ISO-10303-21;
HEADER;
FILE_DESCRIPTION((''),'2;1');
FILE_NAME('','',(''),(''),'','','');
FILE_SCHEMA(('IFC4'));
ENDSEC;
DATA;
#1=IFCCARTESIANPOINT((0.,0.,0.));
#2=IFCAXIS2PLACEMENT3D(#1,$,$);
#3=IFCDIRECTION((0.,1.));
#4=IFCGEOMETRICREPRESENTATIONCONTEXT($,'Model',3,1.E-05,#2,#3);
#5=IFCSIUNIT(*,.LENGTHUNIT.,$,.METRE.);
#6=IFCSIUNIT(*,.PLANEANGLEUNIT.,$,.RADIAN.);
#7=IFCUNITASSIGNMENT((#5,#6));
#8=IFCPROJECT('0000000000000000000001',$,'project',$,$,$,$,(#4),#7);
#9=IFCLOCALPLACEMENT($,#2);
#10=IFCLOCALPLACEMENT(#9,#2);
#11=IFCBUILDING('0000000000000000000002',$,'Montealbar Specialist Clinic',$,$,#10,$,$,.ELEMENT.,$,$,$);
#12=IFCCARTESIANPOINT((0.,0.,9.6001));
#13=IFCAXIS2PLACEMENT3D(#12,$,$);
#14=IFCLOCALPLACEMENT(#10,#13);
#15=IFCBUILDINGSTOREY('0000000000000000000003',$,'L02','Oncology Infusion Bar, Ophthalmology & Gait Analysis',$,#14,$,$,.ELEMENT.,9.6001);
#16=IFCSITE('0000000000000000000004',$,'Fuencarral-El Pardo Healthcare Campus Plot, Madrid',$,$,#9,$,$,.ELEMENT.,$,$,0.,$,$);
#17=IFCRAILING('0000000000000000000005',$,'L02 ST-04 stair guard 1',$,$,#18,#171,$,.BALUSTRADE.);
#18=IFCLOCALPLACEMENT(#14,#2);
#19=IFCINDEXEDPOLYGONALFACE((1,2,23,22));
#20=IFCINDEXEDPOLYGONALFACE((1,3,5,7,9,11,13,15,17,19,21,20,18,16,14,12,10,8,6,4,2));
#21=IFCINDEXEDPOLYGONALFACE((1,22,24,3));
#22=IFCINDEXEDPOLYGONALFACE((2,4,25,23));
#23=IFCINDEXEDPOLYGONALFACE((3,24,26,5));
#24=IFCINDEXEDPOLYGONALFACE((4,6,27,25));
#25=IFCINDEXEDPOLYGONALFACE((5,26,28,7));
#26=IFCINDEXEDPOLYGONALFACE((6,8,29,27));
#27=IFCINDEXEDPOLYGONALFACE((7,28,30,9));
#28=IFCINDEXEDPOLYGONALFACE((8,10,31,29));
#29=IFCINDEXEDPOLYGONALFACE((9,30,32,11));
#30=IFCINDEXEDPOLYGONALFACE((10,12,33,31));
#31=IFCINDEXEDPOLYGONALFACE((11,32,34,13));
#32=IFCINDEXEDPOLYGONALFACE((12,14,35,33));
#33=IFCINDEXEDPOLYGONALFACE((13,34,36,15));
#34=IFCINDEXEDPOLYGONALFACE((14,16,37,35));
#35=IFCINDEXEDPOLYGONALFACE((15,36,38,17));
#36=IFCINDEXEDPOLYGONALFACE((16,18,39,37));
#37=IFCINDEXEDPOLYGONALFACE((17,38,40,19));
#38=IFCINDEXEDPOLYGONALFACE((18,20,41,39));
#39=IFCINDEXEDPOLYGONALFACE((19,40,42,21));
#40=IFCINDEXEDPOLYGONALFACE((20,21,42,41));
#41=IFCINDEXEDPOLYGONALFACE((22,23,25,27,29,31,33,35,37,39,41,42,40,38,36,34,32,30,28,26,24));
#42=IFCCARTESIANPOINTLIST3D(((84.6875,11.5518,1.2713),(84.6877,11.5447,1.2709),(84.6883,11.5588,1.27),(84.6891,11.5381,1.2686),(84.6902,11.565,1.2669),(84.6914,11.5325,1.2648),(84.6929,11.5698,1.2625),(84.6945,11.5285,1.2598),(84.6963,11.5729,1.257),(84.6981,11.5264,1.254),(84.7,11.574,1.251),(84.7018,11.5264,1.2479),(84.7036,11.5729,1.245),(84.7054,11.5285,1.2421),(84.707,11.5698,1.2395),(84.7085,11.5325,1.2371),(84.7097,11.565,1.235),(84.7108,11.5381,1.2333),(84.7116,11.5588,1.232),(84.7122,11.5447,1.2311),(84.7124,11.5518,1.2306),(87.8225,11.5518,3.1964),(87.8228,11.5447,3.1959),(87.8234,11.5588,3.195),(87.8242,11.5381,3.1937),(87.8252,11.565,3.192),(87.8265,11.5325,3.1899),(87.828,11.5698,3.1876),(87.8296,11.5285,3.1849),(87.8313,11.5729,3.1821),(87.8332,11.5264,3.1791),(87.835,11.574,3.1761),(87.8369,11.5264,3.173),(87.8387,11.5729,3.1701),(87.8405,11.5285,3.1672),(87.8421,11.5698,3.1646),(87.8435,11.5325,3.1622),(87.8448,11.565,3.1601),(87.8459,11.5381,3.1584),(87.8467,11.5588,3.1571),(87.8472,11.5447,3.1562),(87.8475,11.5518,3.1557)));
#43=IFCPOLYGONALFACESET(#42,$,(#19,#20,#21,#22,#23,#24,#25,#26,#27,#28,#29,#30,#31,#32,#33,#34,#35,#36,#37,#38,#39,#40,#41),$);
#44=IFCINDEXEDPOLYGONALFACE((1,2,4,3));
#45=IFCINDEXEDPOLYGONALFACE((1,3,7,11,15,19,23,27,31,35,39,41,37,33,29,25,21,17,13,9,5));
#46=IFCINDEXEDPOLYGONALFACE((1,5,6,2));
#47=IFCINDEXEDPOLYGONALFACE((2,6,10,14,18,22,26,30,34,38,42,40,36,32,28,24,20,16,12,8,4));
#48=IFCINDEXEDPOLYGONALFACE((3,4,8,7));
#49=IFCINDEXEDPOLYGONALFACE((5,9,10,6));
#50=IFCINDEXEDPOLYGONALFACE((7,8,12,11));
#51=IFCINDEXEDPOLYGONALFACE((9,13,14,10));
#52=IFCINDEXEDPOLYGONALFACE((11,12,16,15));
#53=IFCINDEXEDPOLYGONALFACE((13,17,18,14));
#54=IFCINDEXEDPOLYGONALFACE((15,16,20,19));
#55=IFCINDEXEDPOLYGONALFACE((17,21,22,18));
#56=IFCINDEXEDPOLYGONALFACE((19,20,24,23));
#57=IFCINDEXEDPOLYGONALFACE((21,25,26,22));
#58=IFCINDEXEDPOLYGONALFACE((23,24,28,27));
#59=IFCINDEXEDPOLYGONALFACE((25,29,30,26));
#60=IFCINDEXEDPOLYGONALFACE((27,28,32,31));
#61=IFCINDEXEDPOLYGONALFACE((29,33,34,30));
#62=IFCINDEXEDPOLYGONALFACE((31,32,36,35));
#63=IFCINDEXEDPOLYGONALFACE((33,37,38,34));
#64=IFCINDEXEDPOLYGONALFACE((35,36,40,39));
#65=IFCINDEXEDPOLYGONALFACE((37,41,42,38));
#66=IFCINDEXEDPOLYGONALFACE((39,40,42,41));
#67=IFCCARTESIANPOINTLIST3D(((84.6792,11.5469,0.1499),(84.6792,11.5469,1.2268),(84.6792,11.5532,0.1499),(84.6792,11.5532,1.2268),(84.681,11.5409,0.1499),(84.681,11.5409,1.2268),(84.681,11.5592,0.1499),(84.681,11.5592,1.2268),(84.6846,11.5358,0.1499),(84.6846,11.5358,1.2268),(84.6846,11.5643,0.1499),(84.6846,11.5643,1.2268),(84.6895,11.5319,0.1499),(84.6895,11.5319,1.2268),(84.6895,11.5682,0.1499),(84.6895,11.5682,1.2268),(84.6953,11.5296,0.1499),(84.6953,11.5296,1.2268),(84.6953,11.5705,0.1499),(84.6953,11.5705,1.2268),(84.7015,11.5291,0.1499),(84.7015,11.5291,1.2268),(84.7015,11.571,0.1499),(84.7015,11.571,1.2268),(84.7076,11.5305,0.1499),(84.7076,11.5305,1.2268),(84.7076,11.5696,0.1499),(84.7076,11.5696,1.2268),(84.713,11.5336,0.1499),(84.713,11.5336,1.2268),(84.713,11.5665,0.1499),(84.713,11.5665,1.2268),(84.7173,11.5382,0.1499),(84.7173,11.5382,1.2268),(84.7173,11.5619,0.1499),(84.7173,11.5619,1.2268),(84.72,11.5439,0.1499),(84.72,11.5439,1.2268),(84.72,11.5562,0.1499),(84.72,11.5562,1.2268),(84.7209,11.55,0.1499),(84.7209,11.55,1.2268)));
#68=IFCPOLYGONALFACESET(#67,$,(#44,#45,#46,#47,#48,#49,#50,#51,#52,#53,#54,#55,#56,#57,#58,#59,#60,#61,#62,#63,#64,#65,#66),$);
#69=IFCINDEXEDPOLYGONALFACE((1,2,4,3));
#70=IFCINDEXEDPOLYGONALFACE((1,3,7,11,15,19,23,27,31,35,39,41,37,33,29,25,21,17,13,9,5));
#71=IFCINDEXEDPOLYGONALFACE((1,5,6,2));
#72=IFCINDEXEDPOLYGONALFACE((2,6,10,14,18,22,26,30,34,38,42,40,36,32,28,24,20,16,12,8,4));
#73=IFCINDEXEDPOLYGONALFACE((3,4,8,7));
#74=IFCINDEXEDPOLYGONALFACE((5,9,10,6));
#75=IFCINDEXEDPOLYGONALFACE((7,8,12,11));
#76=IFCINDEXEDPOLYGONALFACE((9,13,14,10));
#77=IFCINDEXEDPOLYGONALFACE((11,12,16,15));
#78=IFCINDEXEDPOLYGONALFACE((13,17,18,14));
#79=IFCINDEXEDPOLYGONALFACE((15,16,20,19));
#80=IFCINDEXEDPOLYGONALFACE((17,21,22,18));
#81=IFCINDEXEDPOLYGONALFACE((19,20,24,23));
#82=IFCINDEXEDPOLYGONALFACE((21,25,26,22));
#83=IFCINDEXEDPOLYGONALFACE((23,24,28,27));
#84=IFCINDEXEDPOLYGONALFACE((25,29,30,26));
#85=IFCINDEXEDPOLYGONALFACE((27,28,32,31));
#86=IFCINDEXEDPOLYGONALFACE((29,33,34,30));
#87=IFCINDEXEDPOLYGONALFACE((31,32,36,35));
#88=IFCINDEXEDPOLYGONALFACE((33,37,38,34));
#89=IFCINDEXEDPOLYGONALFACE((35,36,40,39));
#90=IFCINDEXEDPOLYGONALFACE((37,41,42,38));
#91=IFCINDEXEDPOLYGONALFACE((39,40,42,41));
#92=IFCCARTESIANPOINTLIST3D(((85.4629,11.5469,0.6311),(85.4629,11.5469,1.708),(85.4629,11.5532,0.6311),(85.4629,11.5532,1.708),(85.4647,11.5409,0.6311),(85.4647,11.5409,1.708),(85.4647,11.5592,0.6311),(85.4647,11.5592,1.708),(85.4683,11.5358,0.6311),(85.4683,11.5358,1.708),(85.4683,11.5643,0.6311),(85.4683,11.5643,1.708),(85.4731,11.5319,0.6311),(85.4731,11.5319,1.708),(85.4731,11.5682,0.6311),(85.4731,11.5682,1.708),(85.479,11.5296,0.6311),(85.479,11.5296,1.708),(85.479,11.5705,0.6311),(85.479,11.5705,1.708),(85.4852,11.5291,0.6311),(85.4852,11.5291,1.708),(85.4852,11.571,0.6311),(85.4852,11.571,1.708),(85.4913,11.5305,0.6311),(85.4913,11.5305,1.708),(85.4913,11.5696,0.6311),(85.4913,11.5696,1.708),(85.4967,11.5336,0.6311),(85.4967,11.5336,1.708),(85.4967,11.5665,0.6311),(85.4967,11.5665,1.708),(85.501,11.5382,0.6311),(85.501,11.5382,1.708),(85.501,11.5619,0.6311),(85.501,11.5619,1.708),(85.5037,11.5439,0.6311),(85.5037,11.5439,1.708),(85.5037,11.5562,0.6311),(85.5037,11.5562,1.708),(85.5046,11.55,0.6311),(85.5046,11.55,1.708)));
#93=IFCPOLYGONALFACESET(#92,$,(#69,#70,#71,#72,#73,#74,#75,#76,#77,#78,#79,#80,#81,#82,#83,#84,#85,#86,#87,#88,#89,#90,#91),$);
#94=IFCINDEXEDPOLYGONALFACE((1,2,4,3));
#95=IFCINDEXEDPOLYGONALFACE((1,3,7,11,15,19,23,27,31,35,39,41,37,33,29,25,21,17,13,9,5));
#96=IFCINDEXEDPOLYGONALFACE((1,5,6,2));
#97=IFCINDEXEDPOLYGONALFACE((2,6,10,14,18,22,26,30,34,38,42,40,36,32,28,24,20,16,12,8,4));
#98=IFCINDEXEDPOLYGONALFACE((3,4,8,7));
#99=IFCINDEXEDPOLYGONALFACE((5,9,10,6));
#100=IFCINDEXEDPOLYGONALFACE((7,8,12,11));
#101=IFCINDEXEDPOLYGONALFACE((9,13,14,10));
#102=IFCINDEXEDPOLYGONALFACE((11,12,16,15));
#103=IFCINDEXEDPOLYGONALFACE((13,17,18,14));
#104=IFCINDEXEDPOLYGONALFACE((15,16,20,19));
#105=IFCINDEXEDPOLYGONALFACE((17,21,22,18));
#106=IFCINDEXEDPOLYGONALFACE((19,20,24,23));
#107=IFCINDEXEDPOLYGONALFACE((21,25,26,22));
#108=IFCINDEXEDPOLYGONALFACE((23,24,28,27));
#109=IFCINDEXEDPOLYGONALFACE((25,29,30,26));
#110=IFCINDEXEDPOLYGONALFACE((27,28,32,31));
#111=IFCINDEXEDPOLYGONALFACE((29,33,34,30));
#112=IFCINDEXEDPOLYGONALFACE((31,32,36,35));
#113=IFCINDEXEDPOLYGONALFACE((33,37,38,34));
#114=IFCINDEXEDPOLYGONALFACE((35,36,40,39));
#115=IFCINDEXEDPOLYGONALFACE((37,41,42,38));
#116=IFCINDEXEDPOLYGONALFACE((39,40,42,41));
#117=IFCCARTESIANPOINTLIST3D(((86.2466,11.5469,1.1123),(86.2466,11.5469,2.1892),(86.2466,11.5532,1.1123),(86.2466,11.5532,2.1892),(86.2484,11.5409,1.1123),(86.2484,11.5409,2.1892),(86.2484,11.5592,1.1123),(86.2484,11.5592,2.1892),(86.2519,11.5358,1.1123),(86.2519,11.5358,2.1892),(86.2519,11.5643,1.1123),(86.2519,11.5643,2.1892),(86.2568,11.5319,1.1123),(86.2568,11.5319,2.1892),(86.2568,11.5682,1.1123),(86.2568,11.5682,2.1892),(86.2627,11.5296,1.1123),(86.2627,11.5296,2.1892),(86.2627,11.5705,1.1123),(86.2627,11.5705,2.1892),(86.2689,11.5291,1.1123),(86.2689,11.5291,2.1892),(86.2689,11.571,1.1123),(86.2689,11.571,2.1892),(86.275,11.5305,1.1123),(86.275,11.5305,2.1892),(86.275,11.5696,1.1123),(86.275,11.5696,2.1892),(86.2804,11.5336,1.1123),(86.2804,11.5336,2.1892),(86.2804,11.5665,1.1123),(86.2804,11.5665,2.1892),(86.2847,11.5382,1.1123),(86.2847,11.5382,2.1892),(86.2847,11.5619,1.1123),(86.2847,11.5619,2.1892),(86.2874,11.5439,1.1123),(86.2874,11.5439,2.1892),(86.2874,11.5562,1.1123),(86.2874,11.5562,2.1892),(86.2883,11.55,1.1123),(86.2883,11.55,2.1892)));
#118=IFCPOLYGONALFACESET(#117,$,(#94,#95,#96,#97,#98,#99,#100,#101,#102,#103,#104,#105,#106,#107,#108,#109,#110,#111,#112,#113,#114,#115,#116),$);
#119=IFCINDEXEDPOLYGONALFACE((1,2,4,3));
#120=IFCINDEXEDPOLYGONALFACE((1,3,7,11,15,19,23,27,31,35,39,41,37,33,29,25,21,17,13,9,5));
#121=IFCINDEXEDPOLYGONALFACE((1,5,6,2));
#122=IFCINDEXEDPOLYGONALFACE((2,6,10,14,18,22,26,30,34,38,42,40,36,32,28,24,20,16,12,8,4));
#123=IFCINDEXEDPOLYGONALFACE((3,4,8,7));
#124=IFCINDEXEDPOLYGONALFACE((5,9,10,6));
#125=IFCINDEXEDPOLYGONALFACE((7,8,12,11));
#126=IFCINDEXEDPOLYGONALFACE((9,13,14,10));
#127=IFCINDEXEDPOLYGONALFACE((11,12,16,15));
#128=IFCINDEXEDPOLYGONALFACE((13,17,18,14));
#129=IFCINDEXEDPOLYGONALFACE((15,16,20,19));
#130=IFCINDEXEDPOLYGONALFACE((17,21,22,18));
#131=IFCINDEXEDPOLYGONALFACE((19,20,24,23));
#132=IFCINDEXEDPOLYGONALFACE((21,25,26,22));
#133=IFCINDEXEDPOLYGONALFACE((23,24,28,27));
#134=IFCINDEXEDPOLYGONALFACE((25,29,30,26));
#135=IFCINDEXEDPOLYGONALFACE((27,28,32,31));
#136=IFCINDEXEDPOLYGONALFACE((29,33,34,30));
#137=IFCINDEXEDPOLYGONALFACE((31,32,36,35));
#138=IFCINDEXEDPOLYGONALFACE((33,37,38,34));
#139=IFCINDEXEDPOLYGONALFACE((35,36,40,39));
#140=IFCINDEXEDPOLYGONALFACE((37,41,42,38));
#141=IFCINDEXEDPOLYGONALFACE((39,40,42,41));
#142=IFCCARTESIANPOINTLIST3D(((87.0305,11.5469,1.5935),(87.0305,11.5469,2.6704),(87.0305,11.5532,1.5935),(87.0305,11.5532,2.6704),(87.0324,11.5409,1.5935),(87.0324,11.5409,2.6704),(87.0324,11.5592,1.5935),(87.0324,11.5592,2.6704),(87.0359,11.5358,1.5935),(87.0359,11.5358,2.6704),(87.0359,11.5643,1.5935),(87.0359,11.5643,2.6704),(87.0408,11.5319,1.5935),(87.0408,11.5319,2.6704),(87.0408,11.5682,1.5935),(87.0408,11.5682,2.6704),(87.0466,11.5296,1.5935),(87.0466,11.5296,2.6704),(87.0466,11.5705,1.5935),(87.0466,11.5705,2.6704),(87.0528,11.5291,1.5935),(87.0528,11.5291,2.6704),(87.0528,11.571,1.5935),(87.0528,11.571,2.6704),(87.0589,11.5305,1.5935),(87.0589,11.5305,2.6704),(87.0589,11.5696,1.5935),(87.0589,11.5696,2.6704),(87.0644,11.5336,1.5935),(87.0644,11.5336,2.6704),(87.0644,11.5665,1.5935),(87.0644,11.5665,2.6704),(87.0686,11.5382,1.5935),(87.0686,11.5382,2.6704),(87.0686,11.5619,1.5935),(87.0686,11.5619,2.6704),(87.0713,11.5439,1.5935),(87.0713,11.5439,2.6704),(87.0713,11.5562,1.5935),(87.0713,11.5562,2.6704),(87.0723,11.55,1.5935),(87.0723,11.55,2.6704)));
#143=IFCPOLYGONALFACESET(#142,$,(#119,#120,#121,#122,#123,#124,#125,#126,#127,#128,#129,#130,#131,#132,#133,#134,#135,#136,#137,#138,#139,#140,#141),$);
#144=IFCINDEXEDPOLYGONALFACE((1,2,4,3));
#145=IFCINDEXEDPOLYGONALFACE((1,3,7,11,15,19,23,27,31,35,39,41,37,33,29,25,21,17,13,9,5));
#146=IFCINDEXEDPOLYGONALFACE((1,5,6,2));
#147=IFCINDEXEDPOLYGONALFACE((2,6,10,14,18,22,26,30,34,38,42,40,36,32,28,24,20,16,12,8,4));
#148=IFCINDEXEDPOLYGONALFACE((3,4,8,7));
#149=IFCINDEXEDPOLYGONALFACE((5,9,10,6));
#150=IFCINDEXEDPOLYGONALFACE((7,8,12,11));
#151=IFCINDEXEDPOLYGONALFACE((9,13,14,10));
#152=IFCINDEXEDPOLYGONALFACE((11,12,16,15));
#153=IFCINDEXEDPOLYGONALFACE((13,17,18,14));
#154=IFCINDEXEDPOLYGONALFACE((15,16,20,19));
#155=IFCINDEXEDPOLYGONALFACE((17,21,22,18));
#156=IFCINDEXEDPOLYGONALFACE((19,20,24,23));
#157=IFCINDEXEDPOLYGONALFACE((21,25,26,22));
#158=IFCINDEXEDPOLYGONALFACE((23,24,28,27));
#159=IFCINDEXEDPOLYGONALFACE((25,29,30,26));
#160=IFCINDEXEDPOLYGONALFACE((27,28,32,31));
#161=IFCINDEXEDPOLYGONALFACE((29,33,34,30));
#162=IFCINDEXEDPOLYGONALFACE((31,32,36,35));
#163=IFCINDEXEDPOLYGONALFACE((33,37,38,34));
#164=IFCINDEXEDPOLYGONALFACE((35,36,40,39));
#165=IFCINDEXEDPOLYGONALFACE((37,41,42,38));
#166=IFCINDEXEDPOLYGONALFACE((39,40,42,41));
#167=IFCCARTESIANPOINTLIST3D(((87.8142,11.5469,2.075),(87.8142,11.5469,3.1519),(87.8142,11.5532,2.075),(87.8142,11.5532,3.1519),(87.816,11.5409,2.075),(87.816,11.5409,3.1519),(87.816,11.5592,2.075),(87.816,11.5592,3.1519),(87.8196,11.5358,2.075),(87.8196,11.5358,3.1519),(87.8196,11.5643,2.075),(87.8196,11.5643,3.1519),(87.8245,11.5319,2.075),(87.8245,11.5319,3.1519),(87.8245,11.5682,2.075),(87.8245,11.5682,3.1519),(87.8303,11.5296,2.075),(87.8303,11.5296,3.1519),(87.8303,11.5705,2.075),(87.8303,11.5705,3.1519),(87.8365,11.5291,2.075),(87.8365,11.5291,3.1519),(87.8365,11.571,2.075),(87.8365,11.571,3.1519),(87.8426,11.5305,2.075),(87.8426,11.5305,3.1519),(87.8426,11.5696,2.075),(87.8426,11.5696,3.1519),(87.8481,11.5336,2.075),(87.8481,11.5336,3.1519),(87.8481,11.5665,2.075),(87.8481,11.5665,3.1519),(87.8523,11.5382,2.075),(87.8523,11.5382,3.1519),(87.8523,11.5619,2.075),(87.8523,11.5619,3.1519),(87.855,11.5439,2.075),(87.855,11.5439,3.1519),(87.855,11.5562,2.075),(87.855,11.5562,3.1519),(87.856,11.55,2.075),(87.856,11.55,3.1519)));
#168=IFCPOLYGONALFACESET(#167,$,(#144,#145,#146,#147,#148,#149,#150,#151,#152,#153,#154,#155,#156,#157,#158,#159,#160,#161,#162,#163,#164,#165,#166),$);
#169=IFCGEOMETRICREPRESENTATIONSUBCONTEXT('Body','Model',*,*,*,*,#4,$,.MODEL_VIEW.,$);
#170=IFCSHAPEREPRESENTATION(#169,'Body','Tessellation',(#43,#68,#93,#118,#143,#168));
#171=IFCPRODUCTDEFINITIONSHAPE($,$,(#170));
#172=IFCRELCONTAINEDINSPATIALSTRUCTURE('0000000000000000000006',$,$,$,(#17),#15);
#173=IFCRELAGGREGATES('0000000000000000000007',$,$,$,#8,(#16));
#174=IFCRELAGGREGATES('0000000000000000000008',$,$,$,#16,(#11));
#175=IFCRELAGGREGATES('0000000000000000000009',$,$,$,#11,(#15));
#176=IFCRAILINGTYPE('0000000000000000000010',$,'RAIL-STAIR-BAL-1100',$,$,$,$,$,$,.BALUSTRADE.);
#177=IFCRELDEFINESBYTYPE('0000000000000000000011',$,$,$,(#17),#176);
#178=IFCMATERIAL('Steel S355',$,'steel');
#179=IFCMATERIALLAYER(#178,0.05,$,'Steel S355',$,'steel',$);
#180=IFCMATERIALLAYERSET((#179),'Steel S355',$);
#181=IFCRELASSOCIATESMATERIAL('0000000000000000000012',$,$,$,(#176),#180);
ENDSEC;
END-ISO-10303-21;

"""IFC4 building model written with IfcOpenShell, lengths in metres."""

from ifc_helpers import new_model, si_unit, direction, frame, origin, origin_2d, place, context, subcontext, project, spatial, circle, extrude, material, layer, layer_set, type_object, element, save


model = new_model("IFC4")

# Units and contexts
model_context = context("Model", 3, precision=1e-05, world=origin(), true_north=direction((0.0, 1.0)))
body_context = subcontext(model_context, "Body", "Model", "MODEL_VIEW")
ifc_project = project(units=[si_unit("LENGTHUNIT", "METRE"), si_unit("PLANEANGLEUNIT", "RADIAN")], contexts=[model_context])

# Site, building, storey
site_placement = place(None, origin())
site = spatial("IfcSite", under=ifc_project, at=site_placement, Name="Fuencarral-El Pardo Healthcare Campus Plot, Madrid", CompositionType="ELEMENT", RefElevation=0.0)
building_placement = place(site_placement, origin())
building = spatial("IfcBuilding", under=site, at=building_placement, Name="Montealbar Specialist Clinic", CompositionType="ELEMENT")
storey_placement = place(building_placement, frame((0.0, 0.0, 9.6001)))
storey = spatial("IfcBuildingStorey", under=building, at=storey_placement, Name="L02", Description="Oncology Infusion Bar, Ophthalmology & Gait Analysis", CompositionType="ELEMENT", Elevation=9.6001)

# Shared definitions
ifc_material_1 = material(Name="Steel S355", Category="steel")

# Railing
ifc_layer_1 = layer(ifc_material_1, 0.05, Name="Steel S355", Category="steel")
ifc_layer_set_1 = layer_set([ifc_layer_1], Name="Steel S355")
railing_type_1 = type_object("IfcRailingType", Name="RAIL-STAIR-BAL-1100", PredefinedType="BALUSTRADE", material=ifc_layer_set_1)
railing_1_placement = place(storey_placement, frame((84.7, 11.55, 0.1748)))
element("IfcRailing", 1, at=railing_1_placement, inside=storey, type_object=railing_type_1, Name="L02 ST-04 stair guard 1", PredefinedType="BALUSTRADE", context=body_context, shape_type="SweptSolid", body=[
    extrude(circle(Radius=0.0239, at=origin_2d()), frame((0.0, 0.0, 1.0762), z_axis=(0.852166, 0.0, 0.523271), x_axis=(0.0, 1.0, 0.0)), (0.0, 0.0, 1.0), 3.679),
    extrude(circle(Radius=0.021, at=origin_2d()), frame((0.0, 0.0, -0.0249)), (0.0, 0.0, 1.0), 1.0769),
    extrude(circle(Radius=0.021, at=origin_2d()), frame((0.7837, 0.0, 0.4563)), (0.0, 0.0, 1.0), 1.0769),
    extrude(circle(Radius=0.021, at=origin_2d()), frame((1.5674, 0.0, 0.9375)), (0.0, 0.0, 1.0), 1.0769),
    extrude(circle(Radius=0.021, at=origin_2d()), frame((2.3513, 0.0, 1.4187)), (0.0, 0.0, 1.0), 1.0769),
    extrude(circle(Radius=0.021, at=origin_2d()), frame((3.135, 0.0, 1.9001)), (0.0, 0.0, 1.0), 1.0769),
])

save(model, "model.ifc")
